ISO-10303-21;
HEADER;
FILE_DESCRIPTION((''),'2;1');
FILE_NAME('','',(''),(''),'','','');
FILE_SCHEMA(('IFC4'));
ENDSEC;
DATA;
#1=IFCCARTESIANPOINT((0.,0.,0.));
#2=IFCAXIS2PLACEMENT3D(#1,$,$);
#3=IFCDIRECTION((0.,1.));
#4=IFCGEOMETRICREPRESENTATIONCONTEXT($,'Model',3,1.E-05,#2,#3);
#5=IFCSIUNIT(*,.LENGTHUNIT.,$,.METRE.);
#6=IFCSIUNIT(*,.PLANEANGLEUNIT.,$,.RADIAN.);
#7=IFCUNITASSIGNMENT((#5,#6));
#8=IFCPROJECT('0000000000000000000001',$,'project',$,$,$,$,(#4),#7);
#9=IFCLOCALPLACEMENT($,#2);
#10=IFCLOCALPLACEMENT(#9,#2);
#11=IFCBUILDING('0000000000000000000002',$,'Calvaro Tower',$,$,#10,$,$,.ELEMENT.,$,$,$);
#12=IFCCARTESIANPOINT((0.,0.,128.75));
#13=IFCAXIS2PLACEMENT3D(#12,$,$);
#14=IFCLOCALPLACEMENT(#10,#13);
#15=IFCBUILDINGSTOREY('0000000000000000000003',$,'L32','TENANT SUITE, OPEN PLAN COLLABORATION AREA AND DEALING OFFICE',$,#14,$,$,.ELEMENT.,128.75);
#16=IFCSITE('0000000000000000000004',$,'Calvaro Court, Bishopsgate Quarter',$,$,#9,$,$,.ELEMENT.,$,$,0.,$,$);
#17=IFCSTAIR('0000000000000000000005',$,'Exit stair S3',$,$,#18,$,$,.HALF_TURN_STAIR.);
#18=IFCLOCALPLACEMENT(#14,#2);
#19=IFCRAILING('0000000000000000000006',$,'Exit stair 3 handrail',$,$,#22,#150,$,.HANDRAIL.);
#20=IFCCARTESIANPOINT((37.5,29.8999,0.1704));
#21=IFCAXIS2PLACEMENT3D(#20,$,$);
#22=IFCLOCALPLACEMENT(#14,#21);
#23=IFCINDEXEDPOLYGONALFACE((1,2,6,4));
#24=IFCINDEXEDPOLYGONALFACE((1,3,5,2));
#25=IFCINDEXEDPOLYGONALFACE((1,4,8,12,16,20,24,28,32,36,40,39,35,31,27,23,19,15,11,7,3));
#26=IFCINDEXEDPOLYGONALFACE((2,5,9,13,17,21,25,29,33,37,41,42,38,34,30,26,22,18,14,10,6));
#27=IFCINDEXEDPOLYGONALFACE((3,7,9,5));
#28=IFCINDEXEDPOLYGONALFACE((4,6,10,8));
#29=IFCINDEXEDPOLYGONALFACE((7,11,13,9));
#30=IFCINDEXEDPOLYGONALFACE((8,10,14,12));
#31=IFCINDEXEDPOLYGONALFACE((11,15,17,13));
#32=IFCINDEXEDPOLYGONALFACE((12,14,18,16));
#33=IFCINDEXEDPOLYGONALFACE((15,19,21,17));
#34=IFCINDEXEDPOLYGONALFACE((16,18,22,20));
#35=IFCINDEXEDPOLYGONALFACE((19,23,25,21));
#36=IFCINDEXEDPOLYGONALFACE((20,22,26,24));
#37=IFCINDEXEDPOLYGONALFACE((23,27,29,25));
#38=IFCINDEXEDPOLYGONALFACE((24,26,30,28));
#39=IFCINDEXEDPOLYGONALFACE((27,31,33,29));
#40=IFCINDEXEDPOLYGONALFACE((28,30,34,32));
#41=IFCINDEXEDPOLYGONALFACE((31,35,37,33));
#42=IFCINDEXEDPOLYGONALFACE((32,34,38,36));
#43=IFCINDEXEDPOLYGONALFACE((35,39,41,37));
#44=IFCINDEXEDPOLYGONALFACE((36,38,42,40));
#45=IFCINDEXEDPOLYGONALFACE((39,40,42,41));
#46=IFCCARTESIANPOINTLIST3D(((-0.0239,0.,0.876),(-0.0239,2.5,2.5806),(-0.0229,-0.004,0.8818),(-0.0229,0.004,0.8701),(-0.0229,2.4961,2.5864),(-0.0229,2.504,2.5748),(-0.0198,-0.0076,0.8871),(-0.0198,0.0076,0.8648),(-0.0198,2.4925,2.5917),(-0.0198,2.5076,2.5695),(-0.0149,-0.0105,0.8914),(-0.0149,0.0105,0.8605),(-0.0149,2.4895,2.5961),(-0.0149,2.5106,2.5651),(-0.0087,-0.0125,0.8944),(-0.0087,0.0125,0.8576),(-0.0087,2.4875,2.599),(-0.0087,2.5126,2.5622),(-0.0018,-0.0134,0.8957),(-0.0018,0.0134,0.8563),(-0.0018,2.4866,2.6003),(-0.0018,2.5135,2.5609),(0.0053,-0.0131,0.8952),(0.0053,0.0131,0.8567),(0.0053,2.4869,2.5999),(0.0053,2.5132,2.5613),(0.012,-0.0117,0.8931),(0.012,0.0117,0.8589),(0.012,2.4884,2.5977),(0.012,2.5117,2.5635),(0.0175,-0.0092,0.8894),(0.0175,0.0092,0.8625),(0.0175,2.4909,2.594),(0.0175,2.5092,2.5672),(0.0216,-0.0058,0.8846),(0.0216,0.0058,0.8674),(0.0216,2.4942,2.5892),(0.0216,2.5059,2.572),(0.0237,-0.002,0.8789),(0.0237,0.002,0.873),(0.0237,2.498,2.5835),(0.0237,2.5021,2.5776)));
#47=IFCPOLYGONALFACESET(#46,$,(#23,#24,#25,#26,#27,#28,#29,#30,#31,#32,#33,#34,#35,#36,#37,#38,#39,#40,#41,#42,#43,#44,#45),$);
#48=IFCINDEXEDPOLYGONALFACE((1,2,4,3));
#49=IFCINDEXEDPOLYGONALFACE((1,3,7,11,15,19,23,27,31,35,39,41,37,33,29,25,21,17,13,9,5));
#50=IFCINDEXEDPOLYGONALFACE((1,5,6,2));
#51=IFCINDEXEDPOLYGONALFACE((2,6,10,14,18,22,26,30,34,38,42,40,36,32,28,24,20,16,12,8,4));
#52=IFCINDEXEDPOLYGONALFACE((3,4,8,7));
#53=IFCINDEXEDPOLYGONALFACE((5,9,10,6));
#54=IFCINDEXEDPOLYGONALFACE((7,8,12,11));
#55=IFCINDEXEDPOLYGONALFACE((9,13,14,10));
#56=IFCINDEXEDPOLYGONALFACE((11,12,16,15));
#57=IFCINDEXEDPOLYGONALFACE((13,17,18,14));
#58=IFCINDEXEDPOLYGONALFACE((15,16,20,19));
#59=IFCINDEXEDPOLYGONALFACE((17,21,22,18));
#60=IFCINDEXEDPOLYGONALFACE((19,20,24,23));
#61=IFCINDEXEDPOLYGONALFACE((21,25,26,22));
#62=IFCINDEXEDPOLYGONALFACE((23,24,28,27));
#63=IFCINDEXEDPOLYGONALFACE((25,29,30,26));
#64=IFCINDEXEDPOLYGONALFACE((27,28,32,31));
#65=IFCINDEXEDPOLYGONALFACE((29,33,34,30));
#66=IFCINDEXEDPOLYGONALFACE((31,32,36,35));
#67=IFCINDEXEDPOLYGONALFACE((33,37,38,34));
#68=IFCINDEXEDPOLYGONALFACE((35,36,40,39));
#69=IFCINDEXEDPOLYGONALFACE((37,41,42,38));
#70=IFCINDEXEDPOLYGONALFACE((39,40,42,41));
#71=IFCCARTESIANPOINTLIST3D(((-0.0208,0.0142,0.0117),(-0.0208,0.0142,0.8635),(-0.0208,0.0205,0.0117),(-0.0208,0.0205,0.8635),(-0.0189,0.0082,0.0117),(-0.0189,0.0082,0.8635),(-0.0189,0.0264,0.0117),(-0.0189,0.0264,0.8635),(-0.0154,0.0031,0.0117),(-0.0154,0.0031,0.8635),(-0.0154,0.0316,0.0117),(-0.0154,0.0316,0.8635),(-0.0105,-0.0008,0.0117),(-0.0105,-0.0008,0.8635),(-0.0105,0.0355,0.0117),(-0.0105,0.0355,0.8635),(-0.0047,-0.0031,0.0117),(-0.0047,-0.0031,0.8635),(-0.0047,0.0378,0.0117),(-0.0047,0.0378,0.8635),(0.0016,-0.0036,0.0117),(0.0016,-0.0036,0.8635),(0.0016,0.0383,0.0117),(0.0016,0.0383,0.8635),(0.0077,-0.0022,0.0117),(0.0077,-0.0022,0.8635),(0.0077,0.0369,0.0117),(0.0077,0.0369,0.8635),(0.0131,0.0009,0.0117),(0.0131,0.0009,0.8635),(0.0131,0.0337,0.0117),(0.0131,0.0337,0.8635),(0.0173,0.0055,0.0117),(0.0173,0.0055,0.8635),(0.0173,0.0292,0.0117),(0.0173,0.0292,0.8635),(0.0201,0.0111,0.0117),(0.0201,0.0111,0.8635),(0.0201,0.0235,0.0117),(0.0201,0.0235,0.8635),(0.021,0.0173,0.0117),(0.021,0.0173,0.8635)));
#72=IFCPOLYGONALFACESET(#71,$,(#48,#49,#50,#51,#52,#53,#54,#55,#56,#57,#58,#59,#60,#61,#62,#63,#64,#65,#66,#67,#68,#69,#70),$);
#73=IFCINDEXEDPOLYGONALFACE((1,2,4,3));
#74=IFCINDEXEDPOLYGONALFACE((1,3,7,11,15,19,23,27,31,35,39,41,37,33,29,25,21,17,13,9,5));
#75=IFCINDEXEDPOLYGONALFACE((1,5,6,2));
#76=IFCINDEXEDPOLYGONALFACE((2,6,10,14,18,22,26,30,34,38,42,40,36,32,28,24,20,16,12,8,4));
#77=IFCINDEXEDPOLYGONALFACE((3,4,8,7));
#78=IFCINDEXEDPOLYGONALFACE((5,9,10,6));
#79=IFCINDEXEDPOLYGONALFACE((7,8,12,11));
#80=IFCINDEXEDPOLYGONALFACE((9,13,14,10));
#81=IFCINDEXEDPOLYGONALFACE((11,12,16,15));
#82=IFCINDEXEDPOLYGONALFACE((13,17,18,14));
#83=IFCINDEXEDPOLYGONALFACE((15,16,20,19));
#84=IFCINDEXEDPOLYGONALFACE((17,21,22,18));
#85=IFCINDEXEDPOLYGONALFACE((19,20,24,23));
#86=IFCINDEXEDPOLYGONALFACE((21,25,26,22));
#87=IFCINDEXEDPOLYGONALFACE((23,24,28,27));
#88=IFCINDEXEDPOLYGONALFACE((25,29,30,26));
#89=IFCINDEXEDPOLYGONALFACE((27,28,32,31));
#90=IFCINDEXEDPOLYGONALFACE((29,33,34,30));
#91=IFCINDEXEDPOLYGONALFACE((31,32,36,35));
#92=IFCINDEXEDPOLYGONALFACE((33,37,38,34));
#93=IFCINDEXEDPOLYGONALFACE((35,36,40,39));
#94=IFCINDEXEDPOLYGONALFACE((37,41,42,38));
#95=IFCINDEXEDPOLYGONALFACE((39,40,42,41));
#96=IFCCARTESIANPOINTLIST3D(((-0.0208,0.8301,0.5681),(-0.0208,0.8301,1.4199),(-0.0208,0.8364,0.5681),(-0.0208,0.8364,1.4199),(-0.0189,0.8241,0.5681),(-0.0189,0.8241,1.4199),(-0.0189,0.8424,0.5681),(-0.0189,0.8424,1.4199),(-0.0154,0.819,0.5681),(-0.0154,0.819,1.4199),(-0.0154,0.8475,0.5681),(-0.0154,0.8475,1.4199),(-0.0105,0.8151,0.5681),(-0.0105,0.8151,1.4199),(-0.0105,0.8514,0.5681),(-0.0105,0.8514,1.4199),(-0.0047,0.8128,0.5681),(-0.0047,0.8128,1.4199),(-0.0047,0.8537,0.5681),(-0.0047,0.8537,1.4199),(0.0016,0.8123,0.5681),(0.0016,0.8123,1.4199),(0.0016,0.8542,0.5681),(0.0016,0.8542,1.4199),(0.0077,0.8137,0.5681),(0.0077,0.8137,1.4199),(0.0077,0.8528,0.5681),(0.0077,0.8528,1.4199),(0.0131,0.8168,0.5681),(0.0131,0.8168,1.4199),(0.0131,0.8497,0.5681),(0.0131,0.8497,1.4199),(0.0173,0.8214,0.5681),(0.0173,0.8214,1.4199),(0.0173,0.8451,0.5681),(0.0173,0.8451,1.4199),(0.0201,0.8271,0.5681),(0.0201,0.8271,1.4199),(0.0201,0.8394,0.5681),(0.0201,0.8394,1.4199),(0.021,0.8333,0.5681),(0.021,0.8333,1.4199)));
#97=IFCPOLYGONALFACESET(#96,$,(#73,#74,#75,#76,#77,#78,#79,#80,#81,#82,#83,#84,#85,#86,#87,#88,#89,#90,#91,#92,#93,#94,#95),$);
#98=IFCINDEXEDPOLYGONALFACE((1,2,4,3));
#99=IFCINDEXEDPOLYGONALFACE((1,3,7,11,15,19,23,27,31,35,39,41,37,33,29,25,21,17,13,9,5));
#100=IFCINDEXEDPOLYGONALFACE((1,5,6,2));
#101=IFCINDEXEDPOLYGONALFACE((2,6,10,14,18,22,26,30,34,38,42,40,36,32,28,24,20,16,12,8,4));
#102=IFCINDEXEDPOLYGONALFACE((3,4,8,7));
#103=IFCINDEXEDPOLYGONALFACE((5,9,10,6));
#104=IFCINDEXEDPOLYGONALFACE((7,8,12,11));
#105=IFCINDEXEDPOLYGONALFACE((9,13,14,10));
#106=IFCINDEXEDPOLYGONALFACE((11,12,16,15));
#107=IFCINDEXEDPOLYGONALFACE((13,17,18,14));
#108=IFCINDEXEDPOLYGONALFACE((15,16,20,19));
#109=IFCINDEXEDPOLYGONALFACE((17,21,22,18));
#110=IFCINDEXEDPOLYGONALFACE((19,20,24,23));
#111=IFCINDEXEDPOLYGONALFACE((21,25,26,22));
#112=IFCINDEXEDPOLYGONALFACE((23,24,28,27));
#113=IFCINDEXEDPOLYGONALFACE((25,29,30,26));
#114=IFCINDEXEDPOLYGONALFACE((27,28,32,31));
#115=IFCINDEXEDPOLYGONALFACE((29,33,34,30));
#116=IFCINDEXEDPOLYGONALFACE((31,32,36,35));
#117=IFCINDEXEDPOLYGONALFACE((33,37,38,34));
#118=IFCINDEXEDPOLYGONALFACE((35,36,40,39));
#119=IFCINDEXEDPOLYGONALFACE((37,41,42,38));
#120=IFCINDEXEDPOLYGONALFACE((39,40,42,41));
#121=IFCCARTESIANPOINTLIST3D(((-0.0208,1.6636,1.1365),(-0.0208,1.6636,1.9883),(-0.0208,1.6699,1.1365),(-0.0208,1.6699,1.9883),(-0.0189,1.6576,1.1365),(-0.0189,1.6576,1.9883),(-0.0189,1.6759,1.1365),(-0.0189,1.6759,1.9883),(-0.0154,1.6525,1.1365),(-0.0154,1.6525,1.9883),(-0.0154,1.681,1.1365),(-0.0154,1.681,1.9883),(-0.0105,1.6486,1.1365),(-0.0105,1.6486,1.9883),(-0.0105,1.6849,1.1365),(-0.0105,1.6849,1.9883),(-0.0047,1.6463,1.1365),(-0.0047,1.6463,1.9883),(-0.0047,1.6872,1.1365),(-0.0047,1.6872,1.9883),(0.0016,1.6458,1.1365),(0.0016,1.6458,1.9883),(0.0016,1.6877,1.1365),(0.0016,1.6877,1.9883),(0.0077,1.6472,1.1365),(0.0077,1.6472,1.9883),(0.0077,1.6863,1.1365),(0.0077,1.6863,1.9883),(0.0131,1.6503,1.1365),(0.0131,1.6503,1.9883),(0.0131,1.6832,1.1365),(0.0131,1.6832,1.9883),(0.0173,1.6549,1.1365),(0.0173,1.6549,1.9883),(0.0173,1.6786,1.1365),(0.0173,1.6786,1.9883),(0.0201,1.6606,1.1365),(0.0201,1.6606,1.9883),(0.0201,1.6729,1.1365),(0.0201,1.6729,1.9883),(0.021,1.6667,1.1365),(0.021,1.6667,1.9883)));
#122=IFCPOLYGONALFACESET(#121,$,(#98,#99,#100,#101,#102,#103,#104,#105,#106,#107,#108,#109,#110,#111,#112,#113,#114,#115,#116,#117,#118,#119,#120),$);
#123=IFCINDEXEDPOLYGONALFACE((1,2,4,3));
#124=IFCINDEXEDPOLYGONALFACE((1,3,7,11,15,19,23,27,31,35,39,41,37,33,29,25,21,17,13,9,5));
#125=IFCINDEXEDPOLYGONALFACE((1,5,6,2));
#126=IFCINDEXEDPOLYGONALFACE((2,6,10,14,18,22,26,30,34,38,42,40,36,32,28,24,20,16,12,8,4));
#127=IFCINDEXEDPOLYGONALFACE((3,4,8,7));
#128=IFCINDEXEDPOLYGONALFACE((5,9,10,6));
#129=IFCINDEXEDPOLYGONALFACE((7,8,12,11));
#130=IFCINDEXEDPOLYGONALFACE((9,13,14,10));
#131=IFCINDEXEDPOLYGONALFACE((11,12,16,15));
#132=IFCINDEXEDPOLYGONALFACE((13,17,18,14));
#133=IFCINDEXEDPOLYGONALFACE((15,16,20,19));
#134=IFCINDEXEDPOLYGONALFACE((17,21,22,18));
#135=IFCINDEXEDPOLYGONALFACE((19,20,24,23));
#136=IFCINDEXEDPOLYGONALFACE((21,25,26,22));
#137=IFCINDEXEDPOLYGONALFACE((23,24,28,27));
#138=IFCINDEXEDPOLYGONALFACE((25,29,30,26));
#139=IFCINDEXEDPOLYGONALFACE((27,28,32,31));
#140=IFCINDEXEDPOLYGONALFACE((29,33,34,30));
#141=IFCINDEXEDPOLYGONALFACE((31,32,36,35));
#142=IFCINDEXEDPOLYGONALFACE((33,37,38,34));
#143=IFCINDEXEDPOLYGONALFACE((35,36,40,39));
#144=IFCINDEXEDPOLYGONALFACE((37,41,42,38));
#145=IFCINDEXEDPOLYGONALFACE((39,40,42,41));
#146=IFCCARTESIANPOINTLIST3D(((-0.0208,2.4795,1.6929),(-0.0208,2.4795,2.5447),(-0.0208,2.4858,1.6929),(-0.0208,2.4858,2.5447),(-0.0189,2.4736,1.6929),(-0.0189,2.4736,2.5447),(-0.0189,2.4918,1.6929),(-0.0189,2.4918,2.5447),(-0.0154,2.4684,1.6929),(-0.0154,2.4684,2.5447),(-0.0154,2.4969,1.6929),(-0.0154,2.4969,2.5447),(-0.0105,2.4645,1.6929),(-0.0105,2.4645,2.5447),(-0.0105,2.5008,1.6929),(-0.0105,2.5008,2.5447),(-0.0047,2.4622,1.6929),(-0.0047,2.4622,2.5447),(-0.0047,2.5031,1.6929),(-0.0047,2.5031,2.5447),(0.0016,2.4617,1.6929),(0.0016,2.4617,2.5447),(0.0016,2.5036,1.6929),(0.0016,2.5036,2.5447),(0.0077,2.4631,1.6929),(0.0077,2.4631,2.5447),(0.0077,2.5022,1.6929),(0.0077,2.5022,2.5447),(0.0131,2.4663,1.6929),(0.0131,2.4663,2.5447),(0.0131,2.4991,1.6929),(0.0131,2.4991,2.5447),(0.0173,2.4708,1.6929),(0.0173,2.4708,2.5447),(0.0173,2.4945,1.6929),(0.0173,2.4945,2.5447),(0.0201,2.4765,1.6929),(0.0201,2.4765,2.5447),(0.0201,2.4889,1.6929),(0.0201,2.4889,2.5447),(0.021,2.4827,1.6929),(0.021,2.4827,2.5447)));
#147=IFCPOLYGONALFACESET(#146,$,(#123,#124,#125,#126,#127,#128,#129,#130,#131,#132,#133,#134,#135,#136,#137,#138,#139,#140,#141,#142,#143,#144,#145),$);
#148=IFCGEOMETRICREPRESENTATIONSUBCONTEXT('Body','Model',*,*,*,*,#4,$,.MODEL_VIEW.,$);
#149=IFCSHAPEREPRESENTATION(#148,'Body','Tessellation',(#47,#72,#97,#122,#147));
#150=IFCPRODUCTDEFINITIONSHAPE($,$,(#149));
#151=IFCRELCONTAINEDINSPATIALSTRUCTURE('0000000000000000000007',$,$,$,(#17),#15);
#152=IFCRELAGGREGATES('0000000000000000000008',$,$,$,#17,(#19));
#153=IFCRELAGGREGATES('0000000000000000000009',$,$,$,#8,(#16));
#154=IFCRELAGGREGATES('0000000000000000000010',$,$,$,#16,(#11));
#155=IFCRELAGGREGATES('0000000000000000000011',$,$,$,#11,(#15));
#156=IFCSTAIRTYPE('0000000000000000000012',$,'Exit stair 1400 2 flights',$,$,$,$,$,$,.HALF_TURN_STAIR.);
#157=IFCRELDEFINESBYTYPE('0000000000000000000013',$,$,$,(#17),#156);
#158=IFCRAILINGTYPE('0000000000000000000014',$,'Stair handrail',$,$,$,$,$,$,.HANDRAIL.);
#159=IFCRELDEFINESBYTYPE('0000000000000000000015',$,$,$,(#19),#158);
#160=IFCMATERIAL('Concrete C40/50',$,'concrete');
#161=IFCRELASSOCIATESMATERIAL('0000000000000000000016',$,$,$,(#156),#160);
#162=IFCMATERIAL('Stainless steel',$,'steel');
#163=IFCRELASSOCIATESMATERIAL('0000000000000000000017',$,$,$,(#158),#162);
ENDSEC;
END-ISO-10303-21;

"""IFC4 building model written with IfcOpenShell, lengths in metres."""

from ifc_helpers import new_model, si_unit, direction, frame, origin, origin_2d, place, context, subcontext, project, spatial, circle, extrude, material, type_object, element, aggregate, save


model = new_model("IFC4")

# Units and contexts
model_context = context("Model", 3, precision=1e-05, world=origin(), true_north=direction((0.0, 1.0)))
body_context = subcontext(model_context, "Body", "Model", "MODEL_VIEW")
ifc_project = project(units=[si_unit("LENGTHUNIT", "METRE"), si_unit("PLANEANGLEUNIT", "RADIAN")], contexts=[model_context])

# Site, building, storey
site_placement = place(None, origin())
site = spatial("IfcSite", under=ifc_project, at=site_placement, Name="Calvaro Court, Bishopsgate Quarter", CompositionType="ELEMENT", RefElevation=0.0)
building_placement = place(site_placement, origin())
building = spatial("IfcBuilding", under=site, at=building_placement, Name="Calvaro Tower", CompositionType="ELEMENT")
storey_placement = place(building_placement, frame((0.0, 0.0, 128.75)))
storey = spatial("IfcBuildingStorey", under=building, at=storey_placement, Name="L32", Description="TENANT SUITE, OPEN PLAN COLLABORATION AREA AND DEALING OFFICE", CompositionType="ELEMENT", Elevation=128.75)

# Stair
ifc_material_1 = material(Name="Concrete C40/50", Category="concrete")
stair_type = type_object("IfcStairType", Name="Exit stair 1400 2 flights", PredefinedType="HALF_TURN_STAIR", material=ifc_material_1)
stair_1_placement = place(storey_placement, origin())
stair_1 = element("IfcStair", 1, at=stair_1_placement, inside=storey, type_object=stair_type, Name="Exit stair S3", PredefinedType="HALF_TURN_STAIR")

# Railing
ifc_material_2 = material(Name="Stainless steel", Category="steel")
railing_type = type_object("IfcRailingType", Name="Stair handrail", PredefinedType="HANDRAIL", material=ifc_material_2)
railing_1_placement = place(storey_placement, frame((37.5, 29.8999, 0.1704)))
railing_1 = element("IfcRailing", 2, at=railing_1_placement, type_object=railing_type, Name="Exit stair 3 handrail", PredefinedType="HANDRAIL", context=body_context, shape_type="SweptSolid", body=[
    extrude(circle(Radius=0.0239, at=origin_2d()), frame((0.0, 0.0, 0.876), z_axis=(0.0, 0.826221, 0.563347), x_axis=(-1.0, 0.0, 0.0)), (0.0, 0.0, 1.0), 3.0259),
    extrude(circle(Radius=0.021, at=origin_2d()), frame((0.0, 0.0173, 0.0117)), (0.0, 0.0, 1.0), 0.8518),
    extrude(circle(Radius=0.021, at=origin_2d()), frame((0.0, 0.8333, 0.5681)), (0.0, 0.0, 1.0), 0.8518),
    extrude(circle(Radius=0.021, at=origin_2d()), frame((0.0, 1.6667, 1.1365)), (0.0, 0.0, 1.0), 0.8518),
    extrude(circle(Radius=0.021, at=origin_2d()), frame((0.0, 2.4827, 1.6929)), (0.0, 0.0, 1.0), 0.8518),
])
aggregate(stair_1, [railing_1])

save(model, "model.ifc")
